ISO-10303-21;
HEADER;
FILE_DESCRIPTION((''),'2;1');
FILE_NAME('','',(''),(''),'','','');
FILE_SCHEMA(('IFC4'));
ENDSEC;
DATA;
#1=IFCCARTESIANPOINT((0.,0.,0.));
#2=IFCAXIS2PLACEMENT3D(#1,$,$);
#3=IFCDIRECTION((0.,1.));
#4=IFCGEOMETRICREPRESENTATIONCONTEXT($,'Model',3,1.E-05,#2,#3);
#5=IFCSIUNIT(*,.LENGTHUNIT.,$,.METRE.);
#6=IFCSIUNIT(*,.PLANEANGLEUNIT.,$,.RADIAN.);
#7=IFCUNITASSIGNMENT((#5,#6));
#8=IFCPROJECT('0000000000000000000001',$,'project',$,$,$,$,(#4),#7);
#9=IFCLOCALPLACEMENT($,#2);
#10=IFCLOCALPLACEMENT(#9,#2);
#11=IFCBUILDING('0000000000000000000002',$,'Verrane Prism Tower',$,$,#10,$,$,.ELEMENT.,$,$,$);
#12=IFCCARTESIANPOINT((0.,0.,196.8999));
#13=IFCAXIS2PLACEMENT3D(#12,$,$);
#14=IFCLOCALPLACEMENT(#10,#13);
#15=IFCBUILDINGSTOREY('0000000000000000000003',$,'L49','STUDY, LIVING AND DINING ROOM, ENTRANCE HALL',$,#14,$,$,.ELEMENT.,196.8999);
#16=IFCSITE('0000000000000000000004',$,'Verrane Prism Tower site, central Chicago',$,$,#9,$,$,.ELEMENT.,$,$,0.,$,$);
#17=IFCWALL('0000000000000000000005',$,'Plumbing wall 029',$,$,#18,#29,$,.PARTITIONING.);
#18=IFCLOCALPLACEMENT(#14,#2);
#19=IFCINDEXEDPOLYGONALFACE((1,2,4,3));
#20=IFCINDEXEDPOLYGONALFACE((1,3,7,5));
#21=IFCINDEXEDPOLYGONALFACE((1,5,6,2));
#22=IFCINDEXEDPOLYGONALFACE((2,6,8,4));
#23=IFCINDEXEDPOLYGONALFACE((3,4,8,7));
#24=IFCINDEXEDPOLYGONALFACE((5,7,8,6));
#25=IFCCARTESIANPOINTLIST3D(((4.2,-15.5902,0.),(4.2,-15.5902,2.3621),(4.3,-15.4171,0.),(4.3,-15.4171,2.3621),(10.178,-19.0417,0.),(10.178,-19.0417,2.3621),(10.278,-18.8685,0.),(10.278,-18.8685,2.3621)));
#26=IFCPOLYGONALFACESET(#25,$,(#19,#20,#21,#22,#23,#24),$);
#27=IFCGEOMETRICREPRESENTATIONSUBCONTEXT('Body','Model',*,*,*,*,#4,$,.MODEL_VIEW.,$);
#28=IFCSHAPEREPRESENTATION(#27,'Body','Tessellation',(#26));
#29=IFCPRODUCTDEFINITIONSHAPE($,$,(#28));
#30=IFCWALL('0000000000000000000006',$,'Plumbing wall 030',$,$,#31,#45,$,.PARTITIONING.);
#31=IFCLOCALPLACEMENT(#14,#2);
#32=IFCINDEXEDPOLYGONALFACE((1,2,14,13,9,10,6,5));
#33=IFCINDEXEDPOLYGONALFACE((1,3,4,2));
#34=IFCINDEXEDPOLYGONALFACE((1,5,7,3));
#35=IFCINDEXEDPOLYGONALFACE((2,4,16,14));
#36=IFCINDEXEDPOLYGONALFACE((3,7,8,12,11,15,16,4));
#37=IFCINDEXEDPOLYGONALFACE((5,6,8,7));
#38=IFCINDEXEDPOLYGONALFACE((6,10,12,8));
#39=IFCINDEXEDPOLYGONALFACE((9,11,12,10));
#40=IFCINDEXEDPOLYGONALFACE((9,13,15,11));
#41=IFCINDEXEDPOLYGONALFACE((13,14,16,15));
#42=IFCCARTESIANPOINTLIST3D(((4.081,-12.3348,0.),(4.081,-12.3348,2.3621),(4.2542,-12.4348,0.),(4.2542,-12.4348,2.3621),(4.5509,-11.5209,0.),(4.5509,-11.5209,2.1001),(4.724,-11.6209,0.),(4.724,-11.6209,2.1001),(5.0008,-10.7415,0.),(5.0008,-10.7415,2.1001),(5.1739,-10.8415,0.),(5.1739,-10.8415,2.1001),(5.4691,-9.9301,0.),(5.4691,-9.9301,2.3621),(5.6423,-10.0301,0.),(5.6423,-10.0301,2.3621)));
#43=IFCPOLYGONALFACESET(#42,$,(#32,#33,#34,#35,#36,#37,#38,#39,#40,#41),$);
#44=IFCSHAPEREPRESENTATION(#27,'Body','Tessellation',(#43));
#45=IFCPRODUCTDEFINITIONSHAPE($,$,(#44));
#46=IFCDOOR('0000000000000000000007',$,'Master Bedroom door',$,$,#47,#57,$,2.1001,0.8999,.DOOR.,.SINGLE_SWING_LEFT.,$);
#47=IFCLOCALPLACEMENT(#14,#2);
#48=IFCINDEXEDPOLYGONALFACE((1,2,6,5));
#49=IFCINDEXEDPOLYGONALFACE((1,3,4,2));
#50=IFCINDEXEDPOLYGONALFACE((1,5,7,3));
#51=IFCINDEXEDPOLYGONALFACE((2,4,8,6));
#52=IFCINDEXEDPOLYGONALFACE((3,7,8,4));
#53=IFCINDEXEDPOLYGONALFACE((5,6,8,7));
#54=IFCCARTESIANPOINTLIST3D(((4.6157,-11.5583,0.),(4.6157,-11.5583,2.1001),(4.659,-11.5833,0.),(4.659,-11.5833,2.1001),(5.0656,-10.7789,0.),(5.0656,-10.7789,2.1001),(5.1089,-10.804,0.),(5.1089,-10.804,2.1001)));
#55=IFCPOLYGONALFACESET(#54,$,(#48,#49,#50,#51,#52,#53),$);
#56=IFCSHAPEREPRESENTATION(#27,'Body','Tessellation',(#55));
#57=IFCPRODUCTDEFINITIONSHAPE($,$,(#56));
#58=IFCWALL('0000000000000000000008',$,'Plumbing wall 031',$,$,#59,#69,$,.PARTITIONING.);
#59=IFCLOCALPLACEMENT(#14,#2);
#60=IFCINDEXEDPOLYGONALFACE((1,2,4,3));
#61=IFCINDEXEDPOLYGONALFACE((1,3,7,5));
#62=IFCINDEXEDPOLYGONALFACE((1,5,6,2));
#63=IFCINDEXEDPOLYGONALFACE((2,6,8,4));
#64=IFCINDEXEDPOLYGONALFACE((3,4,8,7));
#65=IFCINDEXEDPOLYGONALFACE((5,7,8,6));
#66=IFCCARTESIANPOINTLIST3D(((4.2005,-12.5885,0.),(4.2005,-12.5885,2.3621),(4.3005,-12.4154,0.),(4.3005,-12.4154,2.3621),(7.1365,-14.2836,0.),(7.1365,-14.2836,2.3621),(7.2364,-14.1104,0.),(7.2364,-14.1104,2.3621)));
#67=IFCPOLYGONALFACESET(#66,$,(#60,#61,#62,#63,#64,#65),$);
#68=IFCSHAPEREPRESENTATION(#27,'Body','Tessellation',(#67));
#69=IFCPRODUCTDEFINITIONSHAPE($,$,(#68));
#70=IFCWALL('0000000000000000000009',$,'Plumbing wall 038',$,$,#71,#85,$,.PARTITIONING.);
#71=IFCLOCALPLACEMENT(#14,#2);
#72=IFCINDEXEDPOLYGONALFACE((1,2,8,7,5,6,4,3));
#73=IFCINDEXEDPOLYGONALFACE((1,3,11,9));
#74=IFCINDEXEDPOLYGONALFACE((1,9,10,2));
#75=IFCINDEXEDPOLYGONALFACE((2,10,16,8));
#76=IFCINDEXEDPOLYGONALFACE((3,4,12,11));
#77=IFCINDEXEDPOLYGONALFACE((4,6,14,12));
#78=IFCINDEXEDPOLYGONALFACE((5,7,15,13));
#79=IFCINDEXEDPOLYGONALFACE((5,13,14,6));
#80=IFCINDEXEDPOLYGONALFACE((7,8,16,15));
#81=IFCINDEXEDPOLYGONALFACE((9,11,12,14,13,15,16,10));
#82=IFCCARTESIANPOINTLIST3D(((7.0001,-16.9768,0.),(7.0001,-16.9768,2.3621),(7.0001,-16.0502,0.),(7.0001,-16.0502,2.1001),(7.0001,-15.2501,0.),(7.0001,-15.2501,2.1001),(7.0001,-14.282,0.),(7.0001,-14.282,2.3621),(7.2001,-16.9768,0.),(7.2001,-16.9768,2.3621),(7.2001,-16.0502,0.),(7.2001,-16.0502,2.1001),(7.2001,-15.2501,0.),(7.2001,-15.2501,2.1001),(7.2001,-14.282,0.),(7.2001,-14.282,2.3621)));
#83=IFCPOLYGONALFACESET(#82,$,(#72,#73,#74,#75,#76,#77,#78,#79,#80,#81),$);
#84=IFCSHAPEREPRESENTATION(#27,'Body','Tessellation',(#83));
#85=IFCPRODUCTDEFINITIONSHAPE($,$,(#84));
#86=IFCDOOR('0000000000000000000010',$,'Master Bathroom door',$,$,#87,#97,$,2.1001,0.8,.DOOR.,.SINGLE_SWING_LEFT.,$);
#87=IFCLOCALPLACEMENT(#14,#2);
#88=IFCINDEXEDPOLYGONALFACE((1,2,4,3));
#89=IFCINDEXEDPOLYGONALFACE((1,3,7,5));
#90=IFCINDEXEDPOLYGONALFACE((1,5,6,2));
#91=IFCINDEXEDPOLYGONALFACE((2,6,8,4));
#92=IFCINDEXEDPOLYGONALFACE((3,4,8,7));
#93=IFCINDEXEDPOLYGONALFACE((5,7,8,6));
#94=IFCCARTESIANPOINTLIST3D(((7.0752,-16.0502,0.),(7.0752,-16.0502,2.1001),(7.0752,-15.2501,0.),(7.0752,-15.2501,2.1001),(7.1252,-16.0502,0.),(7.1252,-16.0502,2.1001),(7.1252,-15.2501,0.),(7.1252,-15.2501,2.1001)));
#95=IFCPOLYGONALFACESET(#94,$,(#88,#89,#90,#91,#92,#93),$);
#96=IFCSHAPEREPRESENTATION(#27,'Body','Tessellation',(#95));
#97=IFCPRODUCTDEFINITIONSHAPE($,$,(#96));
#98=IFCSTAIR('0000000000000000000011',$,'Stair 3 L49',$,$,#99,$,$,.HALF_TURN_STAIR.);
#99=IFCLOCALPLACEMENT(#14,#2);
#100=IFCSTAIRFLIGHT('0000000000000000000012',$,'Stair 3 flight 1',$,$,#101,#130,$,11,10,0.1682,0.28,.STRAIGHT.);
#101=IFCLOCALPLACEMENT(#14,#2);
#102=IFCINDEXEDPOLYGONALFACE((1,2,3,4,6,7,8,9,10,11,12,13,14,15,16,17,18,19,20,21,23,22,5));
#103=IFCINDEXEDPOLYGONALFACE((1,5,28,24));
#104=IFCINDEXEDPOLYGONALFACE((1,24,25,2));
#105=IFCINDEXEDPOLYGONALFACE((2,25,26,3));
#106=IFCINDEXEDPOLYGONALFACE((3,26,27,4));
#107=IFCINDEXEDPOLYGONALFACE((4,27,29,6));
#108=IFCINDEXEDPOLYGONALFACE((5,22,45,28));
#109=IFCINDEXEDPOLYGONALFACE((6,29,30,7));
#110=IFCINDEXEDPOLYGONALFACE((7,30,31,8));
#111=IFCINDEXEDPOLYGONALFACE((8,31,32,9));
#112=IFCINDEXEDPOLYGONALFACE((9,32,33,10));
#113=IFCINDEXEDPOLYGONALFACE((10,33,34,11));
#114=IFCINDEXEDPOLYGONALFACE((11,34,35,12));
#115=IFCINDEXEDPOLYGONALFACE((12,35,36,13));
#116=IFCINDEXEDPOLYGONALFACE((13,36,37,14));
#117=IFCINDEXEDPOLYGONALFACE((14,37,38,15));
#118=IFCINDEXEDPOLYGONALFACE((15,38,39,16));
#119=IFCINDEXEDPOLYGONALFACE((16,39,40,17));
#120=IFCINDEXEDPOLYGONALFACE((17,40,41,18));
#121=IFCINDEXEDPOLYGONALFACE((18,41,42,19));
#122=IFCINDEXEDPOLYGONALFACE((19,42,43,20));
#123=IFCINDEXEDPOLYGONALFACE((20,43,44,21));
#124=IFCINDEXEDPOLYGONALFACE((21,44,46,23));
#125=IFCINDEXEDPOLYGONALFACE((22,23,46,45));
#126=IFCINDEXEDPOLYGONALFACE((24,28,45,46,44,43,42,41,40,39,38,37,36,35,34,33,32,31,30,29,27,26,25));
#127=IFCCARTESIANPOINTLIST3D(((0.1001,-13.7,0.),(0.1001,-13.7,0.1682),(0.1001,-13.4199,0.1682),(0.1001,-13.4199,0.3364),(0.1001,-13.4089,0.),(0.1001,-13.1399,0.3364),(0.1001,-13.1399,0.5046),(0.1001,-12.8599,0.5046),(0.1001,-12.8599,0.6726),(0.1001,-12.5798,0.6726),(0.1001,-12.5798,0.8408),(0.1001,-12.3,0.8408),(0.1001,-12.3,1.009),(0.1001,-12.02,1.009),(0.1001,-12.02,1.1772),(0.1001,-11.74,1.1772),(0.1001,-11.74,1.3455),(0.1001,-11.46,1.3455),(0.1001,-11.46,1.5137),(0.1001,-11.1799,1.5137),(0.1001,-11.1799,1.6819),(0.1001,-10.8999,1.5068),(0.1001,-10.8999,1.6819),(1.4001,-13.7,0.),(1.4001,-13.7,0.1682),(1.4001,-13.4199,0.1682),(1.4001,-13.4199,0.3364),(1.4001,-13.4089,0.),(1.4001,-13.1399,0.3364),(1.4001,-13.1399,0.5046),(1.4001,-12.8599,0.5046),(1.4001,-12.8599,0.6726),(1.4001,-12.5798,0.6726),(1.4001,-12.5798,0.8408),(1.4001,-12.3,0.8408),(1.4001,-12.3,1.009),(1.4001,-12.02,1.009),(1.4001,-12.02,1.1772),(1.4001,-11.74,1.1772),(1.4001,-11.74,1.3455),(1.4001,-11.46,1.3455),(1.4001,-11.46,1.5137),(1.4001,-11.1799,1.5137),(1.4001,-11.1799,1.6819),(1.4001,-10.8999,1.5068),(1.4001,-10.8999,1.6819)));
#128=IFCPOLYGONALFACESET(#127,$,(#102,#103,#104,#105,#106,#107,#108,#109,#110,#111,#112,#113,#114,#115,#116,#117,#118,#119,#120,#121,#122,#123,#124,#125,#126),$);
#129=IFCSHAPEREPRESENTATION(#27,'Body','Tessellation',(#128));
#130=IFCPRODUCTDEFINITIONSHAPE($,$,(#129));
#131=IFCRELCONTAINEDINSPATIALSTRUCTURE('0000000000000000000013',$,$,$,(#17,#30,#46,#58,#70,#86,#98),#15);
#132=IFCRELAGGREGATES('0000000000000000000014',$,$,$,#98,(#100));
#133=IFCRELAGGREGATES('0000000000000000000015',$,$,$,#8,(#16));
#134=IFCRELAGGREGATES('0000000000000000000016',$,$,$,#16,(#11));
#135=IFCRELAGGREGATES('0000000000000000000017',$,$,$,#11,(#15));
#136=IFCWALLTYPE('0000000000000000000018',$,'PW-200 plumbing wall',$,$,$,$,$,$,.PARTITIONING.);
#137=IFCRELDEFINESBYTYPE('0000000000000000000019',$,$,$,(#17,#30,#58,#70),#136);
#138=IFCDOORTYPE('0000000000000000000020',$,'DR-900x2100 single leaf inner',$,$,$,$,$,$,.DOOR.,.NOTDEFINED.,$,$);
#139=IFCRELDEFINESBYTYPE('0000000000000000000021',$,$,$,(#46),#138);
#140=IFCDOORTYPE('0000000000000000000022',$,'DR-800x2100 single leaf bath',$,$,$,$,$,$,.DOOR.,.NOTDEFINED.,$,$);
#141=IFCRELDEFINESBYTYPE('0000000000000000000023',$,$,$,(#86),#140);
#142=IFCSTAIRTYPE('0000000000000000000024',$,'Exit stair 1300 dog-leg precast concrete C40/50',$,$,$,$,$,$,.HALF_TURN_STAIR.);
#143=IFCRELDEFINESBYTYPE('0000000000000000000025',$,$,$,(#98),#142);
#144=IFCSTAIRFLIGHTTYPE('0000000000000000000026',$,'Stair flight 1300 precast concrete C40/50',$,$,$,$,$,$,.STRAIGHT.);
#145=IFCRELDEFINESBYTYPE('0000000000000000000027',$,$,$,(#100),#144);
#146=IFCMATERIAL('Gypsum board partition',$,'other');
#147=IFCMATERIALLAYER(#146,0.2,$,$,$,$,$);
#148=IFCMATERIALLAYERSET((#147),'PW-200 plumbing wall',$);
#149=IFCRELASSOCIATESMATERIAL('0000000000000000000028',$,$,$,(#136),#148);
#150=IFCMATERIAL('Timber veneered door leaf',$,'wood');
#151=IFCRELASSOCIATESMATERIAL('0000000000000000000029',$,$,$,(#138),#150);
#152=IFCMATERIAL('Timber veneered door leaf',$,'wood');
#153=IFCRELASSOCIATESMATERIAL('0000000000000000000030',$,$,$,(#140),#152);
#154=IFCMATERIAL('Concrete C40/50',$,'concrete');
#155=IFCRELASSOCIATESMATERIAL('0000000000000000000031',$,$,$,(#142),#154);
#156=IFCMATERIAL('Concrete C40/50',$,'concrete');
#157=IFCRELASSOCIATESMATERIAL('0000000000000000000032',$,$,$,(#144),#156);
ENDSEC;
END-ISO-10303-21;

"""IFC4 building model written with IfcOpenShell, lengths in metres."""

from ifc_helpers import new_model, si_unit, direction, frame, frame_2d, origin, place, context, subcontext, project, spatial, polyline, rectangle, outline, extrude, material, layer, layer_set, type_object, element, fill, aggregate, save


model = new_model("IFC4")

# Units and contexts
model_context = context("Model", 3, precision=1e-05, world=origin(), true_north=direction((0.0, 1.0)))
body_context = subcontext(model_context, "Body", "Model", "MODEL_VIEW")
ifc_project = project(units=[si_unit("LENGTHUNIT", "METRE"), si_unit("PLANEANGLEUNIT", "RADIAN")], contexts=[model_context])

# Site, building, storey
site_placement = place(None, origin())
site = spatial("IfcSite", under=ifc_project, at=site_placement, Name="Verrane Prism Tower site, central Chicago", CompositionType="ELEMENT", RefElevation=0.0)
building_placement = place(site_placement, origin())
building = spatial("IfcBuilding", under=site, at=building_placement, Name="Verrane Prism Tower", CompositionType="ELEMENT")
storey_placement = place(building_placement, frame((0.0, 0.0, 196.8999)))
storey = spatial("IfcBuildingStorey", under=building, at=storey_placement, Name="L49", Description="STUDY, LIVING AND DINING ROOM, ENTRANCE HALL", CompositionType="ELEMENT", Elevation=196.8999)

# Shared definitions
ifc_material_1 = material(Name="Gypsum board partition", Category="other")
ifc_layer_1 = layer(ifc_material_1, 0.2)
ifc_layer_set_1 = layer_set([ifc_layer_1], Name="PW-200 plumbing wall")
wall_type_1 = type_object("IfcWallType", Name="PW-200 plumbing wall", PredefinedType="PARTITIONING", material=ifc_layer_set_1)

# Wall
wall_1_placement = place(storey_placement, frame((4.25, -15.5037, 0.0), z_axis=(0.0, 0.0, 1.0), x_axis=(0.866025, -0.5, 0.0)))
element("IfcWall", 1, at=wall_1_placement, inside=storey, type_object=wall_type_1, Name="Plumbing wall 029", PredefinedType="PARTITIONING", context=body_context, shape_type="SweptSolid", body=[
    extrude(rectangle(XDim=6.9028, YDim=0.2, at=frame_2d((3.4514, 0.0))), origin(), (0.0, 0.0, 1.0), 2.3621),
])

# Wall, opening, door
wall_2_placement = place(storey_placement, frame((5.5557, -9.9802, 0.0), z_axis=(0.0, 0.0, 1.0), x_axis=(-0.499941, -0.86606, 0.0)))
wall_2 = element("IfcWall", 2, at=wall_2_placement, inside=storey, type_object=wall_type_1, Name="Plumbing wall 030", PredefinedType="PARTITIONING", context=body_context, shape_type="SweptSolid", body=[
    extrude(rectangle(XDim=2.7766, YDim=0.2, at=frame_2d((1.3882, 0.0))), origin(), (0.0, 0.0, 1.0), 2.3621),
])
opening_1_placement = place(wall_2_placement, frame((0.9368, 0.0, 0.0)))
opening_1 = element("IfcOpeningElement", 3, at=opening_1_placement, cuts=wall_2, PredefinedType="OPENING", context=body_context, shape_type="SweptSolid", body=[
    extrude(rectangle(XDim=0.8999, YDim=2.1001, at=frame_2d((0.45, 1.05))), frame((0.0, 0.1099, 0.0), z_axis=(0.0, -1.0, 0.0), x_axis=(1.0, 0.0, 0.0)), (0.0, 0.0, 1.0), 0.22),
])
ifc_material_2 = material(Name="Timber veneered door leaf", Category="wood")
door_type_1 = type_object("IfcDoorType", Name="DR-900x2100 single leaf inner", OperationType="NOTDEFINED", PredefinedType="DOOR", material=ifc_material_2)
door_1_placement = place(opening_1_placement, origin())
door_1 = element("IfcDoor", 4, at=door_1_placement, inside=storey, type_object=door_type_1, Name="Master Bedroom door", OperationType="SINGLE_SWING_LEFT", OverallHeight=2.1001, OverallWidth=0.8999, PredefinedType="DOOR", context=body_context, shape_type="SweptSolid", body=[
    extrude(rectangle(XDim=0.8999, YDim=2.1001, at=frame_2d((0.45, 1.05))), frame((0.0, 0.0249, 0.0), z_axis=(0.0, -1.0, 0.0), x_axis=(1.0, 0.0, 0.0)), (0.0, 0.0, 1.0), 0.05),
])
fill(opening_1, door_1)

# Wall
wall_3_placement = place(storey_placement, frame((4.2505, -12.502, 0.0), z_axis=(0.0, 0.0, 1.0), x_axis=(0.866032, -0.499988, 0.0)))
element("IfcWall", 5, at=wall_3_placement, inside=storey, type_object=wall_type_1, Name="Plumbing wall 031", PredefinedType="PARTITIONING", context=body_context, shape_type="SweptSolid", body=[
    extrude(rectangle(XDim=3.3901, YDim=0.2, at=frame_2d((1.6951, 0.0))), origin(), (0.0, 0.0, 1.0), 2.3621),
])

# Wall, opening, door
wall_4_placement = place(storey_placement, frame((7.1001, -16.9768, 0.0), z_axis=(0.0, 0.0, 1.0), x_axis=(0.0, 1.0, 0.0)))
wall_4 = element("IfcWall", 6, at=wall_4_placement, inside=storey, type_object=wall_type_1, Name="Plumbing wall 038", PredefinedType="PARTITIONING", context=body_context, shape_type="SweptSolid", body=[
    extrude(rectangle(XDim=2.6948, YDim=0.2, at=frame_2d((1.3474, 0.0))), origin(), (0.0, 0.0, 1.0), 2.3621),
])
opening_2_placement = place(wall_4_placement, frame((0.9268, 0.0, 0.0)))
opening_2 = element("IfcOpeningElement", 7, at=opening_2_placement, cuts=wall_4, PredefinedType="OPENING", context=body_context, shape_type="SweptSolid", body=[
    extrude(rectangle(XDim=0.8, YDim=2.1001, at=frame_2d((0.3999, 1.05))), frame((0.0, 0.1099, 0.0), z_axis=(0.0, -1.0, 0.0), x_axis=(1.0, 0.0, 0.0)), (0.0, 0.0, 1.0), 0.22),
])
ifc_material_3 = material(Name="Timber veneered door leaf", Category="wood")
door_type_2 = type_object("IfcDoorType", Name="DR-800x2100 single leaf bath", OperationType="NOTDEFINED", PredefinedType="DOOR", material=ifc_material_3)
door_2_placement = place(opening_2_placement, origin())
door_2 = element("IfcDoor", 8, at=door_2_placement, inside=storey, type_object=door_type_2, Name="Master Bathroom door", OperationType="SINGLE_SWING_LEFT", OverallHeight=2.1001, OverallWidth=0.8, PredefinedType="DOOR", context=body_context, shape_type="SweptSolid", body=[
    extrude(rectangle(XDim=0.8, YDim=2.1001, at=frame_2d((0.3999, 1.05))), frame((0.0, 0.0249, 0.0), z_axis=(0.0, -1.0, 0.0), x_axis=(1.0, 0.0, 0.0)), (0.0, 0.0, 1.0), 0.05),
])
fill(opening_2, door_2)

# Stair, stair flight
ifc_material_4 = material(Name="Concrete C40/50", Category="concrete")
stair_type = type_object("IfcStairType", Name="Exit stair 1300 dog-leg precast concrete C40/50", PredefinedType="HALF_TURN_STAIR", material=ifc_material_4)
stair_placement = place(storey_placement, origin())
stair = element("IfcStair", 9, at=stair_placement, inside=storey, type_object=stair_type, Name="Stair 3 L49", PredefinedType="HALF_TURN_STAIR")
ifc_material_5 = material(Name="Concrete C40/50", Category="concrete")
stair_flight_type = type_object("IfcStairFlightType", Name="Stair flight 1300 precast concrete C40/50", PredefinedType="STRAIGHT", material=ifc_material_5)
stair_flight_placement = place(storey_placement, frame((0.75, -13.7, 0.0), z_axis=(0.0, 0.0, 1.0), x_axis=(0.0, 1.0, 0.0)))
stair_flight = element("IfcStairFlight", 10, at=stair_flight_placement, type_object=stair_flight_type, Name="Stair 3 flight 1", NumberOfRisers=11, NumberOfTreads=10, PredefinedType="STRAIGHT", RiserHeight=0.1682, TreadLength=0.28, context=body_context, shape_type="SweptSolid", body=[
    extrude(outline(polyline([(0.0, 0.0), (0.0, 0.1682), (0.28, 0.1682), (0.28, 0.3364), (0.5601, 0.3364), (0.5601, 0.5046), (0.8401, 0.5046), (0.8401, 0.6726), (1.1201, 0.6726), (1.1201, 0.8408), (1.3999, 0.8408), (1.3999, 1.009), (1.6799, 1.009), (1.6799, 1.1772), (1.96, 1.1772), (1.96, 1.3455), (2.24, 1.3455), (2.24, 1.5137), (2.52, 1.5137), (2.52, 1.6819), (2.8, 1.6819), (2.8, 1.8501), (2.8, 1.5068), (0.291, 0.0), (0.0, 0.0)])), frame((0.0, 0.6499, 0.0), z_axis=(0.0, -1.0, 0.0), x_axis=(1.0, 0.0, 0.0)), (0.0, 0.0, 1.0), 1.3),
])
aggregate(stair, [stair_flight])

save(model, "model.ifc")
